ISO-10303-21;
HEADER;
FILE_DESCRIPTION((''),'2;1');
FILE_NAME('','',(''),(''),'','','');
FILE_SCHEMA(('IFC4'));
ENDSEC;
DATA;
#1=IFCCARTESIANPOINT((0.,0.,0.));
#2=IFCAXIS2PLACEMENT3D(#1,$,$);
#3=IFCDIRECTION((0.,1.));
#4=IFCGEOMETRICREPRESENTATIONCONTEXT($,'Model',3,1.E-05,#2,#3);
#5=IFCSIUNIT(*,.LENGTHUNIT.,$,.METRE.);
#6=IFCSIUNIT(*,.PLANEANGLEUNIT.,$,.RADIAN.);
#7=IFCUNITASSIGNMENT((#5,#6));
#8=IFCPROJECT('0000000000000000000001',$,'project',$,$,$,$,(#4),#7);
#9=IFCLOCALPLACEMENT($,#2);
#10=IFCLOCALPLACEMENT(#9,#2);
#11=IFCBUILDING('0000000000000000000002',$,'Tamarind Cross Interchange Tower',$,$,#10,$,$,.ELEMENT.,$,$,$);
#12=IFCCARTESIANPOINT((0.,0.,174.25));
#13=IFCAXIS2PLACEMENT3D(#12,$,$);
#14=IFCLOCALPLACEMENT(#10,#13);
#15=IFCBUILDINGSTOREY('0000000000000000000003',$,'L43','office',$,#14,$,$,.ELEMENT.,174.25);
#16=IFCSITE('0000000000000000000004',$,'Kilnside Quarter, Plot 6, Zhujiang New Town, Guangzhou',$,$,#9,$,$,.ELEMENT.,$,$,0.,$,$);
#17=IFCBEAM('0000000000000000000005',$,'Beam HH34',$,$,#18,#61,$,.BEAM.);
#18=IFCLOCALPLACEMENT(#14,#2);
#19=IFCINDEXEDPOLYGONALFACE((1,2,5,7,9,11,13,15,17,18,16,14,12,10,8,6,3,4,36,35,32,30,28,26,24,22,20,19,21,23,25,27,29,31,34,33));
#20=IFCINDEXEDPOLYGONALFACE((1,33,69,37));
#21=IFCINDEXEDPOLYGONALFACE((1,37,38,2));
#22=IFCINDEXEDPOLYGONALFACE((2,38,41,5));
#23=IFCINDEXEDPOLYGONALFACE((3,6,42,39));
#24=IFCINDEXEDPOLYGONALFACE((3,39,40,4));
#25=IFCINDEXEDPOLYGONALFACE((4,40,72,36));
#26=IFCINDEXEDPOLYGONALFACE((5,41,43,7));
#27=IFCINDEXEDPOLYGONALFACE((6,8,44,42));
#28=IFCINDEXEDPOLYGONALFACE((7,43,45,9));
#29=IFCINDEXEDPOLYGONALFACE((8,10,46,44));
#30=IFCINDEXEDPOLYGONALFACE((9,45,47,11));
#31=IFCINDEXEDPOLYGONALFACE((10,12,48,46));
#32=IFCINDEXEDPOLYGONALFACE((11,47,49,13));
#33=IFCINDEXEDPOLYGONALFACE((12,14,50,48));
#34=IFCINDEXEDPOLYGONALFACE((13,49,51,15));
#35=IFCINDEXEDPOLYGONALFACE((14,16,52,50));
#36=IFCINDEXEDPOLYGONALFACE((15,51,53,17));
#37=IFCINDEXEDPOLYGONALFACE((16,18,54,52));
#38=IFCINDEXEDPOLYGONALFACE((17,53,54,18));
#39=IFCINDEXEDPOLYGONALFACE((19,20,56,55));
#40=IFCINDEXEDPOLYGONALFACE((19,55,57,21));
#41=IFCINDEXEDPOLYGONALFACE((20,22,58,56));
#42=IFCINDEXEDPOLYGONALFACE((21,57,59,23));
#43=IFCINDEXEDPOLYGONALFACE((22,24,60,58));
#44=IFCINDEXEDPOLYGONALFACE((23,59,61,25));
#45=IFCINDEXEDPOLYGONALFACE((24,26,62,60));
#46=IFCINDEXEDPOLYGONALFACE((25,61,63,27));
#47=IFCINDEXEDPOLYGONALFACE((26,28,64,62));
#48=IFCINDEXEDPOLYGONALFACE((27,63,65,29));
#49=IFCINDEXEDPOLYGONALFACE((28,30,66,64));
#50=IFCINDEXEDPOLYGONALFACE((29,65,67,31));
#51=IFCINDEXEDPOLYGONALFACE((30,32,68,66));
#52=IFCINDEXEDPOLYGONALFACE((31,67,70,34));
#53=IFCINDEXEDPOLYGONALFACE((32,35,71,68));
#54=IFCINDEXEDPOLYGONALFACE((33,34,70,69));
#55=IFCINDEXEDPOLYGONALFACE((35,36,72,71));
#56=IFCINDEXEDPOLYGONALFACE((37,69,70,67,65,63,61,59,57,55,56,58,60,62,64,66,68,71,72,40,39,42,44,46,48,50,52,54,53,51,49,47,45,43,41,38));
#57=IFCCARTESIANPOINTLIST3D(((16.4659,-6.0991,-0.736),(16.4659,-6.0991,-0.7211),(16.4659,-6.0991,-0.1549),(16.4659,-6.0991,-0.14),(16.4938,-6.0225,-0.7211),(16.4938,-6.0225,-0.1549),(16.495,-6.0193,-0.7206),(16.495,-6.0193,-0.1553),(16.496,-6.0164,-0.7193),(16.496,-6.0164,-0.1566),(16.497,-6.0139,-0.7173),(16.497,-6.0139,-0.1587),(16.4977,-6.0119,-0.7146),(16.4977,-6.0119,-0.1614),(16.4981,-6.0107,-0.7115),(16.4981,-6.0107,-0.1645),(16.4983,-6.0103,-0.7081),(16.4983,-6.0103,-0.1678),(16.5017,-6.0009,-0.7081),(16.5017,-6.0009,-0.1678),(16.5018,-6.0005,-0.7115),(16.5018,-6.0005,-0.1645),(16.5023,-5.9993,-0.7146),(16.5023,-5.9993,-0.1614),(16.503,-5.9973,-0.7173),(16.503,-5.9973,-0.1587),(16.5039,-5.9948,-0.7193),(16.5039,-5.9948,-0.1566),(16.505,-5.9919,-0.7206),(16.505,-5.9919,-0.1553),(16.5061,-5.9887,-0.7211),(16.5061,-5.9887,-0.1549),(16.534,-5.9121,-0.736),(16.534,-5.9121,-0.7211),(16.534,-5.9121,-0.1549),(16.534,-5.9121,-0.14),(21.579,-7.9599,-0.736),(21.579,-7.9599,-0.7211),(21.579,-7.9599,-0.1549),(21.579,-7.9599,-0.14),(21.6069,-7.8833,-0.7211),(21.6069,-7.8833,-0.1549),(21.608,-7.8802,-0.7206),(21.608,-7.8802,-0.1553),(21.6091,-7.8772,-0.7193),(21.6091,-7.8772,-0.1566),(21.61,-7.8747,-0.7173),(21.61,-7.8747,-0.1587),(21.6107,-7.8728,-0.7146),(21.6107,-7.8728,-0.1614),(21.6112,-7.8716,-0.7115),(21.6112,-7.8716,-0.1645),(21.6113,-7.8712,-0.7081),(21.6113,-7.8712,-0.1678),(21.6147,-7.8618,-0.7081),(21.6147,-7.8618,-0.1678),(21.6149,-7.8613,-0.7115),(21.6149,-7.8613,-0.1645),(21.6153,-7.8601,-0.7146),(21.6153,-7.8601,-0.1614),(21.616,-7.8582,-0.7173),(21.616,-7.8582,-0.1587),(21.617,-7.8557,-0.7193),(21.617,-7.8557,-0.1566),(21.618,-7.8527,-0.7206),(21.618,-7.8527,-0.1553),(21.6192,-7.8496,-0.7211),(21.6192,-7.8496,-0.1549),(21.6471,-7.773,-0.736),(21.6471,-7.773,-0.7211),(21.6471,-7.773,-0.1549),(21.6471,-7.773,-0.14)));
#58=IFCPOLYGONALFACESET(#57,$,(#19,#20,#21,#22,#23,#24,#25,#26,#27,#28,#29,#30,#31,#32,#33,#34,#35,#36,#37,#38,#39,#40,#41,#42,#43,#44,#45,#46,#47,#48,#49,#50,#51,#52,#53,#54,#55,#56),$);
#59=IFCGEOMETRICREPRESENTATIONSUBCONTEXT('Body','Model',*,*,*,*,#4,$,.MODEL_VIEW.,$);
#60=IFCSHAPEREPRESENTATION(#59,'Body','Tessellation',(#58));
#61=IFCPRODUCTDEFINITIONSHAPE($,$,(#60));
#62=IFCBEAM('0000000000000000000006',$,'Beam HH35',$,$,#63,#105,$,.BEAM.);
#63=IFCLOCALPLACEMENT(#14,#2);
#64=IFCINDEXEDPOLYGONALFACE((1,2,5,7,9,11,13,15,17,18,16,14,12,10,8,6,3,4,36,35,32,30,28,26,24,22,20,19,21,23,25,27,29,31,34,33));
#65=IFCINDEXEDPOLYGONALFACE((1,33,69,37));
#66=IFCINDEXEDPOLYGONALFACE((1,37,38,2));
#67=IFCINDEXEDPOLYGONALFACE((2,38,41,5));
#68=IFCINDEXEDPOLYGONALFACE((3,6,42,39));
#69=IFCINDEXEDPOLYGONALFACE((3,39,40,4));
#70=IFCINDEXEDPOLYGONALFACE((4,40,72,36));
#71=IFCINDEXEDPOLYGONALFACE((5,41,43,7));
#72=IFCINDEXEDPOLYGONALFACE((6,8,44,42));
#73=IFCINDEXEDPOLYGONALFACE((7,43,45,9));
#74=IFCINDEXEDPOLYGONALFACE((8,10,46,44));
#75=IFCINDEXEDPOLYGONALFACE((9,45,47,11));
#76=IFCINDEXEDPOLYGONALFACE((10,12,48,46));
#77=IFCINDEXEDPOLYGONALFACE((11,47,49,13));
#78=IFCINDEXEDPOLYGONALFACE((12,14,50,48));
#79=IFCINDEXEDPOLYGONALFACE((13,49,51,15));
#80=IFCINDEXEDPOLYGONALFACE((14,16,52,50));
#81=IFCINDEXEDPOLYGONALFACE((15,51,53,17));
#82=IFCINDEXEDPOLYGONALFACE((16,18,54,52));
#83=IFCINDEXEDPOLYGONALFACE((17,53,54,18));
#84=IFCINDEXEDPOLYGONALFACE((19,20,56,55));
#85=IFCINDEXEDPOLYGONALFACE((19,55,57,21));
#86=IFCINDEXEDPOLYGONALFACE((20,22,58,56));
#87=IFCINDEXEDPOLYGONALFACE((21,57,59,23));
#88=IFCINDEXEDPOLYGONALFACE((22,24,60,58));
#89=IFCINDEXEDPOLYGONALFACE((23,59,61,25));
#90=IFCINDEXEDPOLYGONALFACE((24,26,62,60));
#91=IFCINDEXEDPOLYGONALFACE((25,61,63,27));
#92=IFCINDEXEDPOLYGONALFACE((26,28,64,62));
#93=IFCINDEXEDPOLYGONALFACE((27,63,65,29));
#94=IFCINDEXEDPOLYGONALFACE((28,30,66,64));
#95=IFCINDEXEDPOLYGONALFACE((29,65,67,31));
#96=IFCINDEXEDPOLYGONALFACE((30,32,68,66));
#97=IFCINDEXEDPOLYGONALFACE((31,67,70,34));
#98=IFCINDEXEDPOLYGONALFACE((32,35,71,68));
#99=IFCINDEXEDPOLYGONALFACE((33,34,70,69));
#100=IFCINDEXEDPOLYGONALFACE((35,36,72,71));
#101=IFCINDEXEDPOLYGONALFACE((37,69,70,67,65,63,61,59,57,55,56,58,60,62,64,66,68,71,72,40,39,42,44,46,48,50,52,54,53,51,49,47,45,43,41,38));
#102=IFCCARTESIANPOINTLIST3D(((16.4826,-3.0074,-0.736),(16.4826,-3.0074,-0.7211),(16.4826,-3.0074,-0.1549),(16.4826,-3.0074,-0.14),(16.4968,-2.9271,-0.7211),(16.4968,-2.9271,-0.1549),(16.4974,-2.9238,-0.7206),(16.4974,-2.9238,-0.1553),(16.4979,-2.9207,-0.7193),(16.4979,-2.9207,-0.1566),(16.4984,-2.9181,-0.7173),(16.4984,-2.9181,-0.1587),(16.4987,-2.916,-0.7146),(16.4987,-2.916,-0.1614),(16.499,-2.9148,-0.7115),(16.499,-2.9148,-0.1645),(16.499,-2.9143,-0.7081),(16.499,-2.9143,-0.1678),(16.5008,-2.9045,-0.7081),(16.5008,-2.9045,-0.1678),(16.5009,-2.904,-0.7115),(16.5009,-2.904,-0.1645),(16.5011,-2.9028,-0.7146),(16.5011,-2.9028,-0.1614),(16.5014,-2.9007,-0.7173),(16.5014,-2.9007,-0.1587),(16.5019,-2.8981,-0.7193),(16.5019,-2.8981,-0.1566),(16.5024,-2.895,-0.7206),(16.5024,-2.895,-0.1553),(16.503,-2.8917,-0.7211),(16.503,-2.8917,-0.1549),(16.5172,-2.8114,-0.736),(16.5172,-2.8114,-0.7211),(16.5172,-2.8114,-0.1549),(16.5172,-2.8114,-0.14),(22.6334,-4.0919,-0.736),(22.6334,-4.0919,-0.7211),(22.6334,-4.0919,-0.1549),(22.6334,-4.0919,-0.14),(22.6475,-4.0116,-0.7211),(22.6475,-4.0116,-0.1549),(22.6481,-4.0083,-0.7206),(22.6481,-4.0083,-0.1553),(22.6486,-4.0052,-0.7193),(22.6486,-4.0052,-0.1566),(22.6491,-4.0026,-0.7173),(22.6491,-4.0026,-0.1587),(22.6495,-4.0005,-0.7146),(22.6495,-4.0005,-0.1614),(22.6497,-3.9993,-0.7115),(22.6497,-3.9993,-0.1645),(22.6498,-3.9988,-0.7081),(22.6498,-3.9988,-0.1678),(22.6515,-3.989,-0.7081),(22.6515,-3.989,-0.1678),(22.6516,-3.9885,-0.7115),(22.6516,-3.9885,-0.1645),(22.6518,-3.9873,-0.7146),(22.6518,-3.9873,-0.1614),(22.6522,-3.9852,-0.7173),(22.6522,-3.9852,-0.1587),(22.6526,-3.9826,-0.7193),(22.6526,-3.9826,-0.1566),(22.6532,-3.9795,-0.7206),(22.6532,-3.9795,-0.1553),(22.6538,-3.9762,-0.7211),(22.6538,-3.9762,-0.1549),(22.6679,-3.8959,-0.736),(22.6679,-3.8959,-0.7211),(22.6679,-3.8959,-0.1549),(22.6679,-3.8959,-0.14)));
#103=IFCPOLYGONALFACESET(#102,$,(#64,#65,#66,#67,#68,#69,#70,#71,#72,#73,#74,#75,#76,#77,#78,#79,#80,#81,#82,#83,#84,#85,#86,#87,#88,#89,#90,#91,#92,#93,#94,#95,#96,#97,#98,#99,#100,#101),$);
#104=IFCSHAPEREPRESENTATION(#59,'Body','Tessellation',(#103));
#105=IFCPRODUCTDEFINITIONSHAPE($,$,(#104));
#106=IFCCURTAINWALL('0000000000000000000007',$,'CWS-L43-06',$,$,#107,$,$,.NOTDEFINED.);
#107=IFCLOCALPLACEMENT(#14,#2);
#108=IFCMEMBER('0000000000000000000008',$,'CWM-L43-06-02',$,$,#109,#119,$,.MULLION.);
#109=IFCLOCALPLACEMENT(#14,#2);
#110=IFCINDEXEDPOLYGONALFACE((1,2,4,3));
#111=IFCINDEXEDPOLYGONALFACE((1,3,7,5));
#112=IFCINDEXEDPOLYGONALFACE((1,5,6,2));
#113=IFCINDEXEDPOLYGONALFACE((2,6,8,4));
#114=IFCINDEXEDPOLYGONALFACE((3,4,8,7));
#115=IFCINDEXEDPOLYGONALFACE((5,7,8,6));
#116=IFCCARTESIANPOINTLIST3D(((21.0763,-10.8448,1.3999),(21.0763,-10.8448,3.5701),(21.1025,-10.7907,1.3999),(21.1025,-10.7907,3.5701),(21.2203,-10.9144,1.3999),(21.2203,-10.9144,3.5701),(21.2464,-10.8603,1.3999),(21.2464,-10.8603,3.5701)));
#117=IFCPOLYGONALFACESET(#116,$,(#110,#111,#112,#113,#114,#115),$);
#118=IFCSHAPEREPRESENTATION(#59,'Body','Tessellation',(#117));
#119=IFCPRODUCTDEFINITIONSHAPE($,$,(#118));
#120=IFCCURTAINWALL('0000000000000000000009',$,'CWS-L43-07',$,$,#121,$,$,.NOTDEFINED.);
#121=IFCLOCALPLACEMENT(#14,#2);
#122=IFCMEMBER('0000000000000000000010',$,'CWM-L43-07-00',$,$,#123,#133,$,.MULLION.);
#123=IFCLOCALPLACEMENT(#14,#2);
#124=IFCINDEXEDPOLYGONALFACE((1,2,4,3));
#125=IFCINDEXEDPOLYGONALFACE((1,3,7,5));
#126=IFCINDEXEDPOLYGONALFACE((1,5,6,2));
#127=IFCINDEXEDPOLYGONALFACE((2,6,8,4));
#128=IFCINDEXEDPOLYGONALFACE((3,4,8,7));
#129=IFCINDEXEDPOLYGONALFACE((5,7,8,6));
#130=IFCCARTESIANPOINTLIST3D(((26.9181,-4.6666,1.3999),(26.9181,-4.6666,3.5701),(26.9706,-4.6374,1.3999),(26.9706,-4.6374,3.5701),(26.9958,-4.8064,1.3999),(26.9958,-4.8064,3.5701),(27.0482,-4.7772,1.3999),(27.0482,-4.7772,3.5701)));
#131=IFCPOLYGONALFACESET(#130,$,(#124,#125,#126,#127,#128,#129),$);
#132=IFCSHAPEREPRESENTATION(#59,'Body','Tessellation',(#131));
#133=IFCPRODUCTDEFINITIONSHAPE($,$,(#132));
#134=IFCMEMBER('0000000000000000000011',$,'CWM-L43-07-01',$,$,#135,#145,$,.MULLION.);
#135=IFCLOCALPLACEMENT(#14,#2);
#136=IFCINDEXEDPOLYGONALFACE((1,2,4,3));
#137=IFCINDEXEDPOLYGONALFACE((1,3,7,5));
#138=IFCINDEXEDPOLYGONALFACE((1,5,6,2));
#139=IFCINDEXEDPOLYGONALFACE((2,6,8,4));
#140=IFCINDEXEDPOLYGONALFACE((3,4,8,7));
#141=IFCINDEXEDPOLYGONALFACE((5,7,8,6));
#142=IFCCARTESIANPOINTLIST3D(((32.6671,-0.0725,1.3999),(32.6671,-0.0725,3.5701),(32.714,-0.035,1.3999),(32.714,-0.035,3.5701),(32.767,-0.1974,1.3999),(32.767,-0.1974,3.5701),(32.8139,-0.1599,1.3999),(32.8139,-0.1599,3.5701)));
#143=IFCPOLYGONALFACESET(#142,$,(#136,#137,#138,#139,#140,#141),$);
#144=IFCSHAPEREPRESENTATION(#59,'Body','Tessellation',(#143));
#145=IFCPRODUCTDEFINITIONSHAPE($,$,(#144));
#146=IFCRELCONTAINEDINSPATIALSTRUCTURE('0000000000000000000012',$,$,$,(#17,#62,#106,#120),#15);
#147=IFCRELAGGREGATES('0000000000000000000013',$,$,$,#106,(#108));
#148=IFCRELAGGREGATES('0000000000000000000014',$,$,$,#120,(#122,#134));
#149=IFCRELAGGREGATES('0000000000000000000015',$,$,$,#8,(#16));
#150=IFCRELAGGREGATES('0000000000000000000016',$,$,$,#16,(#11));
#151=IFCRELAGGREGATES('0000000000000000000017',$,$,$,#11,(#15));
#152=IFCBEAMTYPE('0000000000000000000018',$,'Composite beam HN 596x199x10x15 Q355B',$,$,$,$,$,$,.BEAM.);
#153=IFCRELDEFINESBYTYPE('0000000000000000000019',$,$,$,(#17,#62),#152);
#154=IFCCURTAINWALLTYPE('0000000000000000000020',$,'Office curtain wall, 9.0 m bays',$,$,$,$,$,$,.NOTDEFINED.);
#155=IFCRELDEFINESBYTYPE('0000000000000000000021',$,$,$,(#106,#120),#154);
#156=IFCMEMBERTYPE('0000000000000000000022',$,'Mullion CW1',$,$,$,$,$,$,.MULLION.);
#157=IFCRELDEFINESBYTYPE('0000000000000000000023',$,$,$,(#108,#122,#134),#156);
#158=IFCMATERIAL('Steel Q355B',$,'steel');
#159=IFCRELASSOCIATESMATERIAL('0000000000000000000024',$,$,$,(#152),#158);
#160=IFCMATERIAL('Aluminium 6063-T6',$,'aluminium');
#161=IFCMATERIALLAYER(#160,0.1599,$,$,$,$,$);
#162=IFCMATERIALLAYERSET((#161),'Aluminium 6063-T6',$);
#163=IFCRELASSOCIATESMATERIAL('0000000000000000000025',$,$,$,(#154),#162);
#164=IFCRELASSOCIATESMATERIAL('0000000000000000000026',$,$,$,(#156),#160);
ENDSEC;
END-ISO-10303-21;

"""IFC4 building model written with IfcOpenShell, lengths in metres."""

from ifc_helpers import new_model, si_unit, direction, frame, origin, origin_2d, place, context, subcontext, project, spatial, rectangle, i_section, extrude, material, layer, layer_set, material_profile, profile_set, type_object, element, aggregate, save


model = new_model("IFC4")

# Units and contexts
model_context = context("Model", 3, precision=1e-05, world=origin(), true_north=direction((0.0, 1.0)))
body_context = subcontext(model_context, "Body", "Model", "MODEL_VIEW")
ifc_project = project(units=[si_unit("LENGTHUNIT", "METRE"), si_unit("PLANEANGLEUNIT", "RADIAN")], contexts=[model_context])

# Site, building, storey
site_placement = place(None, origin())
site = spatial("IfcSite", under=ifc_project, at=site_placement, Name="Kilnside Quarter, Plot 6, Zhujiang New Town, Guangzhou", CompositionType="ELEMENT", RefElevation=0.0)
building_placement = place(site_placement, origin())
building = spatial("IfcBuilding", under=site, at=building_placement, Name="Tamarind Cross Interchange Tower", CompositionType="ELEMENT")
storey_placement = place(building_placement, frame((0.0, 0.0, 174.25)))
storey = spatial("IfcBuildingStorey", under=building, at=storey_placement, Name="L43", Description="office", CompositionType="ELEMENT", Elevation=174.25)

# Beams
ifc_material_1 = material(Name="Steel Q355B", Category="steel")
ifc_material_profile_1 = material_profile(ifc_material_1, i_section(OverallWidth=0.199, OverallDepth=0.5959, WebThickness=0.01, FlangeThickness=0.0149, FilletRadius=0.0129, at=origin_2d()), Name="HN 596x199x10x15")
ifc_profile_set_1 = profile_set([ifc_material_profile_1], Name="Steel Q355B")
beam_type = type_object("IfcBeamType", Name="Composite beam HN 596x199x10x15 Q355B", PredefinedType="BEAM", material=ifc_profile_set_1)
beam_1_placement = place(storey_placement, frame((21.613, -7.8665, -0.438), z_axis=(-0.939702, 0.341995, 0.0), x_axis=(-0.341995, -0.939702, 0.0)))
element("IfcBeam", 1, at=beam_1_placement, inside=storey, type_object=beam_type, Name="Beam HH34", PredefinedType="BEAM", context=body_context, shape_type="SweptSolid", body=[
    extrude(i_section(OverallWidth=0.199, OverallDepth=0.5959, WebThickness=0.01, FlangeThickness=0.0149, FilletRadius=0.0129, at=origin_2d()), origin(), (0.0, 0.0, 1.0), 5.4412),
])
beam_2_placement = place(storey_placement, frame((22.6506, -3.9939, -0.438), z_axis=(-0.984809, 0.17364, 0.0), x_axis=(-0.17364, -0.984809, 0.0)))
element("IfcBeam", 2, at=beam_2_placement, inside=storey, type_object=beam_type, Name="Beam HH35", PredefinedType="BEAM", context=body_context, shape_type="SweptSolid", body=[
    extrude(i_section(OverallWidth=0.199, OverallDepth=0.5959, WebThickness=0.01, FlangeThickness=0.0149, FilletRadius=0.0129, at=origin_2d()), origin(), (0.0, 0.0, 1.0), 6.2456),
])

# Curtain wall, member
ifc_material_2 = material(Name="Aluminium 6063-T6", Category="aluminium")
ifc_layer_1 = layer(ifc_material_2, 0.1599)
ifc_layer_set_1 = layer_set([ifc_layer_1], Name="Aluminium 6063-T6")
curtain_wall_type = type_object("IfcCurtainWallType", Name="Office curtain wall, 9.0 m bays", PredefinedType="NOTDEFINED", material=ifc_layer_set_1)
curtain_wall_1_placement = place(storey_placement, origin())
curtain_wall_1 = element("IfcCurtainWall", 3, at=curtain_wall_1_placement, inside=storey, type_object=curtain_wall_type, Name="CWS-L43-06", PredefinedType="NOTDEFINED")
ifc_material_profile_2 = material_profile(ifc_material_2, rectangle(XDim=0.0601, YDim=0.1599, at=origin_2d()), Name="Mullion CW1")
ifc_profile_set_2 = profile_set([ifc_material_profile_2], Name="Aluminium 6063-T6")
member_type = type_object("IfcMemberType", Name="Mullion CW1", PredefinedType="MULLION", material=ifc_profile_set_2)
member_1_placement = place(storey_placement, frame((21.1614, -10.8525, 1.3999), z_axis=(0.0, 0.0, 1.0), x_axis=(0.435326, 0.900273, 0.0)))
member_1 = element("IfcMember", 4, at=member_1_placement, type_object=member_type, Name="CWM-L43-06-02", PredefinedType="MULLION", context=body_context, shape_type="SweptSolid", body=[
    extrude(rectangle(XDim=0.0601, YDim=0.1599, at=origin_2d()), origin(), (0.0, 0.0, 1.0), 2.1702),
])
aggregate(curtain_wall_1, [member_1])

# Curtain wall, members
curtain_wall_2_placement = place(storey_placement, origin())
curtain_wall_2 = element("IfcCurtainWall", 5, at=curtain_wall_2_placement, inside=storey, type_object=curtain_wall_type, Name="CWS-L43-07", PredefinedType="NOTDEFINED")
member_2_placement = place(storey_placement, frame((26.9832, -4.7219, 1.3999), z_axis=(0.0, 0.0, 1.0), x_axis=(0.874032, 0.485868, 0.0)))
member_2 = element("IfcMember", 6, at=member_2_placement, type_object=member_type, Name="CWM-L43-07-00", PredefinedType="MULLION", context=body_context, shape_type="SweptSolid", body=[
    extrude(rectangle(XDim=0.0601, YDim=0.1599, at=origin_2d()), origin(), (0.0, 0.0, 1.0), 2.1702),
])
member_3_placement = place(storey_placement, frame((32.7405, -0.1162, 1.3999), z_axis=(0.0, 0.0, 1.0), x_axis=(0.780893, 0.624665, 0.0)))
member_3 = element("IfcMember", 7, at=member_3_placement, type_object=member_type, Name="CWM-L43-07-01", PredefinedType="MULLION", context=body_context, shape_type="SweptSolid", body=[
    extrude(rectangle(XDim=0.0601, YDim=0.1599, at=origin_2d()), origin(), (0.0, 0.0, 1.0), 2.1702),
])
aggregate(curtain_wall_2, [member_2, member_3])

save(model, "model.ifc")
